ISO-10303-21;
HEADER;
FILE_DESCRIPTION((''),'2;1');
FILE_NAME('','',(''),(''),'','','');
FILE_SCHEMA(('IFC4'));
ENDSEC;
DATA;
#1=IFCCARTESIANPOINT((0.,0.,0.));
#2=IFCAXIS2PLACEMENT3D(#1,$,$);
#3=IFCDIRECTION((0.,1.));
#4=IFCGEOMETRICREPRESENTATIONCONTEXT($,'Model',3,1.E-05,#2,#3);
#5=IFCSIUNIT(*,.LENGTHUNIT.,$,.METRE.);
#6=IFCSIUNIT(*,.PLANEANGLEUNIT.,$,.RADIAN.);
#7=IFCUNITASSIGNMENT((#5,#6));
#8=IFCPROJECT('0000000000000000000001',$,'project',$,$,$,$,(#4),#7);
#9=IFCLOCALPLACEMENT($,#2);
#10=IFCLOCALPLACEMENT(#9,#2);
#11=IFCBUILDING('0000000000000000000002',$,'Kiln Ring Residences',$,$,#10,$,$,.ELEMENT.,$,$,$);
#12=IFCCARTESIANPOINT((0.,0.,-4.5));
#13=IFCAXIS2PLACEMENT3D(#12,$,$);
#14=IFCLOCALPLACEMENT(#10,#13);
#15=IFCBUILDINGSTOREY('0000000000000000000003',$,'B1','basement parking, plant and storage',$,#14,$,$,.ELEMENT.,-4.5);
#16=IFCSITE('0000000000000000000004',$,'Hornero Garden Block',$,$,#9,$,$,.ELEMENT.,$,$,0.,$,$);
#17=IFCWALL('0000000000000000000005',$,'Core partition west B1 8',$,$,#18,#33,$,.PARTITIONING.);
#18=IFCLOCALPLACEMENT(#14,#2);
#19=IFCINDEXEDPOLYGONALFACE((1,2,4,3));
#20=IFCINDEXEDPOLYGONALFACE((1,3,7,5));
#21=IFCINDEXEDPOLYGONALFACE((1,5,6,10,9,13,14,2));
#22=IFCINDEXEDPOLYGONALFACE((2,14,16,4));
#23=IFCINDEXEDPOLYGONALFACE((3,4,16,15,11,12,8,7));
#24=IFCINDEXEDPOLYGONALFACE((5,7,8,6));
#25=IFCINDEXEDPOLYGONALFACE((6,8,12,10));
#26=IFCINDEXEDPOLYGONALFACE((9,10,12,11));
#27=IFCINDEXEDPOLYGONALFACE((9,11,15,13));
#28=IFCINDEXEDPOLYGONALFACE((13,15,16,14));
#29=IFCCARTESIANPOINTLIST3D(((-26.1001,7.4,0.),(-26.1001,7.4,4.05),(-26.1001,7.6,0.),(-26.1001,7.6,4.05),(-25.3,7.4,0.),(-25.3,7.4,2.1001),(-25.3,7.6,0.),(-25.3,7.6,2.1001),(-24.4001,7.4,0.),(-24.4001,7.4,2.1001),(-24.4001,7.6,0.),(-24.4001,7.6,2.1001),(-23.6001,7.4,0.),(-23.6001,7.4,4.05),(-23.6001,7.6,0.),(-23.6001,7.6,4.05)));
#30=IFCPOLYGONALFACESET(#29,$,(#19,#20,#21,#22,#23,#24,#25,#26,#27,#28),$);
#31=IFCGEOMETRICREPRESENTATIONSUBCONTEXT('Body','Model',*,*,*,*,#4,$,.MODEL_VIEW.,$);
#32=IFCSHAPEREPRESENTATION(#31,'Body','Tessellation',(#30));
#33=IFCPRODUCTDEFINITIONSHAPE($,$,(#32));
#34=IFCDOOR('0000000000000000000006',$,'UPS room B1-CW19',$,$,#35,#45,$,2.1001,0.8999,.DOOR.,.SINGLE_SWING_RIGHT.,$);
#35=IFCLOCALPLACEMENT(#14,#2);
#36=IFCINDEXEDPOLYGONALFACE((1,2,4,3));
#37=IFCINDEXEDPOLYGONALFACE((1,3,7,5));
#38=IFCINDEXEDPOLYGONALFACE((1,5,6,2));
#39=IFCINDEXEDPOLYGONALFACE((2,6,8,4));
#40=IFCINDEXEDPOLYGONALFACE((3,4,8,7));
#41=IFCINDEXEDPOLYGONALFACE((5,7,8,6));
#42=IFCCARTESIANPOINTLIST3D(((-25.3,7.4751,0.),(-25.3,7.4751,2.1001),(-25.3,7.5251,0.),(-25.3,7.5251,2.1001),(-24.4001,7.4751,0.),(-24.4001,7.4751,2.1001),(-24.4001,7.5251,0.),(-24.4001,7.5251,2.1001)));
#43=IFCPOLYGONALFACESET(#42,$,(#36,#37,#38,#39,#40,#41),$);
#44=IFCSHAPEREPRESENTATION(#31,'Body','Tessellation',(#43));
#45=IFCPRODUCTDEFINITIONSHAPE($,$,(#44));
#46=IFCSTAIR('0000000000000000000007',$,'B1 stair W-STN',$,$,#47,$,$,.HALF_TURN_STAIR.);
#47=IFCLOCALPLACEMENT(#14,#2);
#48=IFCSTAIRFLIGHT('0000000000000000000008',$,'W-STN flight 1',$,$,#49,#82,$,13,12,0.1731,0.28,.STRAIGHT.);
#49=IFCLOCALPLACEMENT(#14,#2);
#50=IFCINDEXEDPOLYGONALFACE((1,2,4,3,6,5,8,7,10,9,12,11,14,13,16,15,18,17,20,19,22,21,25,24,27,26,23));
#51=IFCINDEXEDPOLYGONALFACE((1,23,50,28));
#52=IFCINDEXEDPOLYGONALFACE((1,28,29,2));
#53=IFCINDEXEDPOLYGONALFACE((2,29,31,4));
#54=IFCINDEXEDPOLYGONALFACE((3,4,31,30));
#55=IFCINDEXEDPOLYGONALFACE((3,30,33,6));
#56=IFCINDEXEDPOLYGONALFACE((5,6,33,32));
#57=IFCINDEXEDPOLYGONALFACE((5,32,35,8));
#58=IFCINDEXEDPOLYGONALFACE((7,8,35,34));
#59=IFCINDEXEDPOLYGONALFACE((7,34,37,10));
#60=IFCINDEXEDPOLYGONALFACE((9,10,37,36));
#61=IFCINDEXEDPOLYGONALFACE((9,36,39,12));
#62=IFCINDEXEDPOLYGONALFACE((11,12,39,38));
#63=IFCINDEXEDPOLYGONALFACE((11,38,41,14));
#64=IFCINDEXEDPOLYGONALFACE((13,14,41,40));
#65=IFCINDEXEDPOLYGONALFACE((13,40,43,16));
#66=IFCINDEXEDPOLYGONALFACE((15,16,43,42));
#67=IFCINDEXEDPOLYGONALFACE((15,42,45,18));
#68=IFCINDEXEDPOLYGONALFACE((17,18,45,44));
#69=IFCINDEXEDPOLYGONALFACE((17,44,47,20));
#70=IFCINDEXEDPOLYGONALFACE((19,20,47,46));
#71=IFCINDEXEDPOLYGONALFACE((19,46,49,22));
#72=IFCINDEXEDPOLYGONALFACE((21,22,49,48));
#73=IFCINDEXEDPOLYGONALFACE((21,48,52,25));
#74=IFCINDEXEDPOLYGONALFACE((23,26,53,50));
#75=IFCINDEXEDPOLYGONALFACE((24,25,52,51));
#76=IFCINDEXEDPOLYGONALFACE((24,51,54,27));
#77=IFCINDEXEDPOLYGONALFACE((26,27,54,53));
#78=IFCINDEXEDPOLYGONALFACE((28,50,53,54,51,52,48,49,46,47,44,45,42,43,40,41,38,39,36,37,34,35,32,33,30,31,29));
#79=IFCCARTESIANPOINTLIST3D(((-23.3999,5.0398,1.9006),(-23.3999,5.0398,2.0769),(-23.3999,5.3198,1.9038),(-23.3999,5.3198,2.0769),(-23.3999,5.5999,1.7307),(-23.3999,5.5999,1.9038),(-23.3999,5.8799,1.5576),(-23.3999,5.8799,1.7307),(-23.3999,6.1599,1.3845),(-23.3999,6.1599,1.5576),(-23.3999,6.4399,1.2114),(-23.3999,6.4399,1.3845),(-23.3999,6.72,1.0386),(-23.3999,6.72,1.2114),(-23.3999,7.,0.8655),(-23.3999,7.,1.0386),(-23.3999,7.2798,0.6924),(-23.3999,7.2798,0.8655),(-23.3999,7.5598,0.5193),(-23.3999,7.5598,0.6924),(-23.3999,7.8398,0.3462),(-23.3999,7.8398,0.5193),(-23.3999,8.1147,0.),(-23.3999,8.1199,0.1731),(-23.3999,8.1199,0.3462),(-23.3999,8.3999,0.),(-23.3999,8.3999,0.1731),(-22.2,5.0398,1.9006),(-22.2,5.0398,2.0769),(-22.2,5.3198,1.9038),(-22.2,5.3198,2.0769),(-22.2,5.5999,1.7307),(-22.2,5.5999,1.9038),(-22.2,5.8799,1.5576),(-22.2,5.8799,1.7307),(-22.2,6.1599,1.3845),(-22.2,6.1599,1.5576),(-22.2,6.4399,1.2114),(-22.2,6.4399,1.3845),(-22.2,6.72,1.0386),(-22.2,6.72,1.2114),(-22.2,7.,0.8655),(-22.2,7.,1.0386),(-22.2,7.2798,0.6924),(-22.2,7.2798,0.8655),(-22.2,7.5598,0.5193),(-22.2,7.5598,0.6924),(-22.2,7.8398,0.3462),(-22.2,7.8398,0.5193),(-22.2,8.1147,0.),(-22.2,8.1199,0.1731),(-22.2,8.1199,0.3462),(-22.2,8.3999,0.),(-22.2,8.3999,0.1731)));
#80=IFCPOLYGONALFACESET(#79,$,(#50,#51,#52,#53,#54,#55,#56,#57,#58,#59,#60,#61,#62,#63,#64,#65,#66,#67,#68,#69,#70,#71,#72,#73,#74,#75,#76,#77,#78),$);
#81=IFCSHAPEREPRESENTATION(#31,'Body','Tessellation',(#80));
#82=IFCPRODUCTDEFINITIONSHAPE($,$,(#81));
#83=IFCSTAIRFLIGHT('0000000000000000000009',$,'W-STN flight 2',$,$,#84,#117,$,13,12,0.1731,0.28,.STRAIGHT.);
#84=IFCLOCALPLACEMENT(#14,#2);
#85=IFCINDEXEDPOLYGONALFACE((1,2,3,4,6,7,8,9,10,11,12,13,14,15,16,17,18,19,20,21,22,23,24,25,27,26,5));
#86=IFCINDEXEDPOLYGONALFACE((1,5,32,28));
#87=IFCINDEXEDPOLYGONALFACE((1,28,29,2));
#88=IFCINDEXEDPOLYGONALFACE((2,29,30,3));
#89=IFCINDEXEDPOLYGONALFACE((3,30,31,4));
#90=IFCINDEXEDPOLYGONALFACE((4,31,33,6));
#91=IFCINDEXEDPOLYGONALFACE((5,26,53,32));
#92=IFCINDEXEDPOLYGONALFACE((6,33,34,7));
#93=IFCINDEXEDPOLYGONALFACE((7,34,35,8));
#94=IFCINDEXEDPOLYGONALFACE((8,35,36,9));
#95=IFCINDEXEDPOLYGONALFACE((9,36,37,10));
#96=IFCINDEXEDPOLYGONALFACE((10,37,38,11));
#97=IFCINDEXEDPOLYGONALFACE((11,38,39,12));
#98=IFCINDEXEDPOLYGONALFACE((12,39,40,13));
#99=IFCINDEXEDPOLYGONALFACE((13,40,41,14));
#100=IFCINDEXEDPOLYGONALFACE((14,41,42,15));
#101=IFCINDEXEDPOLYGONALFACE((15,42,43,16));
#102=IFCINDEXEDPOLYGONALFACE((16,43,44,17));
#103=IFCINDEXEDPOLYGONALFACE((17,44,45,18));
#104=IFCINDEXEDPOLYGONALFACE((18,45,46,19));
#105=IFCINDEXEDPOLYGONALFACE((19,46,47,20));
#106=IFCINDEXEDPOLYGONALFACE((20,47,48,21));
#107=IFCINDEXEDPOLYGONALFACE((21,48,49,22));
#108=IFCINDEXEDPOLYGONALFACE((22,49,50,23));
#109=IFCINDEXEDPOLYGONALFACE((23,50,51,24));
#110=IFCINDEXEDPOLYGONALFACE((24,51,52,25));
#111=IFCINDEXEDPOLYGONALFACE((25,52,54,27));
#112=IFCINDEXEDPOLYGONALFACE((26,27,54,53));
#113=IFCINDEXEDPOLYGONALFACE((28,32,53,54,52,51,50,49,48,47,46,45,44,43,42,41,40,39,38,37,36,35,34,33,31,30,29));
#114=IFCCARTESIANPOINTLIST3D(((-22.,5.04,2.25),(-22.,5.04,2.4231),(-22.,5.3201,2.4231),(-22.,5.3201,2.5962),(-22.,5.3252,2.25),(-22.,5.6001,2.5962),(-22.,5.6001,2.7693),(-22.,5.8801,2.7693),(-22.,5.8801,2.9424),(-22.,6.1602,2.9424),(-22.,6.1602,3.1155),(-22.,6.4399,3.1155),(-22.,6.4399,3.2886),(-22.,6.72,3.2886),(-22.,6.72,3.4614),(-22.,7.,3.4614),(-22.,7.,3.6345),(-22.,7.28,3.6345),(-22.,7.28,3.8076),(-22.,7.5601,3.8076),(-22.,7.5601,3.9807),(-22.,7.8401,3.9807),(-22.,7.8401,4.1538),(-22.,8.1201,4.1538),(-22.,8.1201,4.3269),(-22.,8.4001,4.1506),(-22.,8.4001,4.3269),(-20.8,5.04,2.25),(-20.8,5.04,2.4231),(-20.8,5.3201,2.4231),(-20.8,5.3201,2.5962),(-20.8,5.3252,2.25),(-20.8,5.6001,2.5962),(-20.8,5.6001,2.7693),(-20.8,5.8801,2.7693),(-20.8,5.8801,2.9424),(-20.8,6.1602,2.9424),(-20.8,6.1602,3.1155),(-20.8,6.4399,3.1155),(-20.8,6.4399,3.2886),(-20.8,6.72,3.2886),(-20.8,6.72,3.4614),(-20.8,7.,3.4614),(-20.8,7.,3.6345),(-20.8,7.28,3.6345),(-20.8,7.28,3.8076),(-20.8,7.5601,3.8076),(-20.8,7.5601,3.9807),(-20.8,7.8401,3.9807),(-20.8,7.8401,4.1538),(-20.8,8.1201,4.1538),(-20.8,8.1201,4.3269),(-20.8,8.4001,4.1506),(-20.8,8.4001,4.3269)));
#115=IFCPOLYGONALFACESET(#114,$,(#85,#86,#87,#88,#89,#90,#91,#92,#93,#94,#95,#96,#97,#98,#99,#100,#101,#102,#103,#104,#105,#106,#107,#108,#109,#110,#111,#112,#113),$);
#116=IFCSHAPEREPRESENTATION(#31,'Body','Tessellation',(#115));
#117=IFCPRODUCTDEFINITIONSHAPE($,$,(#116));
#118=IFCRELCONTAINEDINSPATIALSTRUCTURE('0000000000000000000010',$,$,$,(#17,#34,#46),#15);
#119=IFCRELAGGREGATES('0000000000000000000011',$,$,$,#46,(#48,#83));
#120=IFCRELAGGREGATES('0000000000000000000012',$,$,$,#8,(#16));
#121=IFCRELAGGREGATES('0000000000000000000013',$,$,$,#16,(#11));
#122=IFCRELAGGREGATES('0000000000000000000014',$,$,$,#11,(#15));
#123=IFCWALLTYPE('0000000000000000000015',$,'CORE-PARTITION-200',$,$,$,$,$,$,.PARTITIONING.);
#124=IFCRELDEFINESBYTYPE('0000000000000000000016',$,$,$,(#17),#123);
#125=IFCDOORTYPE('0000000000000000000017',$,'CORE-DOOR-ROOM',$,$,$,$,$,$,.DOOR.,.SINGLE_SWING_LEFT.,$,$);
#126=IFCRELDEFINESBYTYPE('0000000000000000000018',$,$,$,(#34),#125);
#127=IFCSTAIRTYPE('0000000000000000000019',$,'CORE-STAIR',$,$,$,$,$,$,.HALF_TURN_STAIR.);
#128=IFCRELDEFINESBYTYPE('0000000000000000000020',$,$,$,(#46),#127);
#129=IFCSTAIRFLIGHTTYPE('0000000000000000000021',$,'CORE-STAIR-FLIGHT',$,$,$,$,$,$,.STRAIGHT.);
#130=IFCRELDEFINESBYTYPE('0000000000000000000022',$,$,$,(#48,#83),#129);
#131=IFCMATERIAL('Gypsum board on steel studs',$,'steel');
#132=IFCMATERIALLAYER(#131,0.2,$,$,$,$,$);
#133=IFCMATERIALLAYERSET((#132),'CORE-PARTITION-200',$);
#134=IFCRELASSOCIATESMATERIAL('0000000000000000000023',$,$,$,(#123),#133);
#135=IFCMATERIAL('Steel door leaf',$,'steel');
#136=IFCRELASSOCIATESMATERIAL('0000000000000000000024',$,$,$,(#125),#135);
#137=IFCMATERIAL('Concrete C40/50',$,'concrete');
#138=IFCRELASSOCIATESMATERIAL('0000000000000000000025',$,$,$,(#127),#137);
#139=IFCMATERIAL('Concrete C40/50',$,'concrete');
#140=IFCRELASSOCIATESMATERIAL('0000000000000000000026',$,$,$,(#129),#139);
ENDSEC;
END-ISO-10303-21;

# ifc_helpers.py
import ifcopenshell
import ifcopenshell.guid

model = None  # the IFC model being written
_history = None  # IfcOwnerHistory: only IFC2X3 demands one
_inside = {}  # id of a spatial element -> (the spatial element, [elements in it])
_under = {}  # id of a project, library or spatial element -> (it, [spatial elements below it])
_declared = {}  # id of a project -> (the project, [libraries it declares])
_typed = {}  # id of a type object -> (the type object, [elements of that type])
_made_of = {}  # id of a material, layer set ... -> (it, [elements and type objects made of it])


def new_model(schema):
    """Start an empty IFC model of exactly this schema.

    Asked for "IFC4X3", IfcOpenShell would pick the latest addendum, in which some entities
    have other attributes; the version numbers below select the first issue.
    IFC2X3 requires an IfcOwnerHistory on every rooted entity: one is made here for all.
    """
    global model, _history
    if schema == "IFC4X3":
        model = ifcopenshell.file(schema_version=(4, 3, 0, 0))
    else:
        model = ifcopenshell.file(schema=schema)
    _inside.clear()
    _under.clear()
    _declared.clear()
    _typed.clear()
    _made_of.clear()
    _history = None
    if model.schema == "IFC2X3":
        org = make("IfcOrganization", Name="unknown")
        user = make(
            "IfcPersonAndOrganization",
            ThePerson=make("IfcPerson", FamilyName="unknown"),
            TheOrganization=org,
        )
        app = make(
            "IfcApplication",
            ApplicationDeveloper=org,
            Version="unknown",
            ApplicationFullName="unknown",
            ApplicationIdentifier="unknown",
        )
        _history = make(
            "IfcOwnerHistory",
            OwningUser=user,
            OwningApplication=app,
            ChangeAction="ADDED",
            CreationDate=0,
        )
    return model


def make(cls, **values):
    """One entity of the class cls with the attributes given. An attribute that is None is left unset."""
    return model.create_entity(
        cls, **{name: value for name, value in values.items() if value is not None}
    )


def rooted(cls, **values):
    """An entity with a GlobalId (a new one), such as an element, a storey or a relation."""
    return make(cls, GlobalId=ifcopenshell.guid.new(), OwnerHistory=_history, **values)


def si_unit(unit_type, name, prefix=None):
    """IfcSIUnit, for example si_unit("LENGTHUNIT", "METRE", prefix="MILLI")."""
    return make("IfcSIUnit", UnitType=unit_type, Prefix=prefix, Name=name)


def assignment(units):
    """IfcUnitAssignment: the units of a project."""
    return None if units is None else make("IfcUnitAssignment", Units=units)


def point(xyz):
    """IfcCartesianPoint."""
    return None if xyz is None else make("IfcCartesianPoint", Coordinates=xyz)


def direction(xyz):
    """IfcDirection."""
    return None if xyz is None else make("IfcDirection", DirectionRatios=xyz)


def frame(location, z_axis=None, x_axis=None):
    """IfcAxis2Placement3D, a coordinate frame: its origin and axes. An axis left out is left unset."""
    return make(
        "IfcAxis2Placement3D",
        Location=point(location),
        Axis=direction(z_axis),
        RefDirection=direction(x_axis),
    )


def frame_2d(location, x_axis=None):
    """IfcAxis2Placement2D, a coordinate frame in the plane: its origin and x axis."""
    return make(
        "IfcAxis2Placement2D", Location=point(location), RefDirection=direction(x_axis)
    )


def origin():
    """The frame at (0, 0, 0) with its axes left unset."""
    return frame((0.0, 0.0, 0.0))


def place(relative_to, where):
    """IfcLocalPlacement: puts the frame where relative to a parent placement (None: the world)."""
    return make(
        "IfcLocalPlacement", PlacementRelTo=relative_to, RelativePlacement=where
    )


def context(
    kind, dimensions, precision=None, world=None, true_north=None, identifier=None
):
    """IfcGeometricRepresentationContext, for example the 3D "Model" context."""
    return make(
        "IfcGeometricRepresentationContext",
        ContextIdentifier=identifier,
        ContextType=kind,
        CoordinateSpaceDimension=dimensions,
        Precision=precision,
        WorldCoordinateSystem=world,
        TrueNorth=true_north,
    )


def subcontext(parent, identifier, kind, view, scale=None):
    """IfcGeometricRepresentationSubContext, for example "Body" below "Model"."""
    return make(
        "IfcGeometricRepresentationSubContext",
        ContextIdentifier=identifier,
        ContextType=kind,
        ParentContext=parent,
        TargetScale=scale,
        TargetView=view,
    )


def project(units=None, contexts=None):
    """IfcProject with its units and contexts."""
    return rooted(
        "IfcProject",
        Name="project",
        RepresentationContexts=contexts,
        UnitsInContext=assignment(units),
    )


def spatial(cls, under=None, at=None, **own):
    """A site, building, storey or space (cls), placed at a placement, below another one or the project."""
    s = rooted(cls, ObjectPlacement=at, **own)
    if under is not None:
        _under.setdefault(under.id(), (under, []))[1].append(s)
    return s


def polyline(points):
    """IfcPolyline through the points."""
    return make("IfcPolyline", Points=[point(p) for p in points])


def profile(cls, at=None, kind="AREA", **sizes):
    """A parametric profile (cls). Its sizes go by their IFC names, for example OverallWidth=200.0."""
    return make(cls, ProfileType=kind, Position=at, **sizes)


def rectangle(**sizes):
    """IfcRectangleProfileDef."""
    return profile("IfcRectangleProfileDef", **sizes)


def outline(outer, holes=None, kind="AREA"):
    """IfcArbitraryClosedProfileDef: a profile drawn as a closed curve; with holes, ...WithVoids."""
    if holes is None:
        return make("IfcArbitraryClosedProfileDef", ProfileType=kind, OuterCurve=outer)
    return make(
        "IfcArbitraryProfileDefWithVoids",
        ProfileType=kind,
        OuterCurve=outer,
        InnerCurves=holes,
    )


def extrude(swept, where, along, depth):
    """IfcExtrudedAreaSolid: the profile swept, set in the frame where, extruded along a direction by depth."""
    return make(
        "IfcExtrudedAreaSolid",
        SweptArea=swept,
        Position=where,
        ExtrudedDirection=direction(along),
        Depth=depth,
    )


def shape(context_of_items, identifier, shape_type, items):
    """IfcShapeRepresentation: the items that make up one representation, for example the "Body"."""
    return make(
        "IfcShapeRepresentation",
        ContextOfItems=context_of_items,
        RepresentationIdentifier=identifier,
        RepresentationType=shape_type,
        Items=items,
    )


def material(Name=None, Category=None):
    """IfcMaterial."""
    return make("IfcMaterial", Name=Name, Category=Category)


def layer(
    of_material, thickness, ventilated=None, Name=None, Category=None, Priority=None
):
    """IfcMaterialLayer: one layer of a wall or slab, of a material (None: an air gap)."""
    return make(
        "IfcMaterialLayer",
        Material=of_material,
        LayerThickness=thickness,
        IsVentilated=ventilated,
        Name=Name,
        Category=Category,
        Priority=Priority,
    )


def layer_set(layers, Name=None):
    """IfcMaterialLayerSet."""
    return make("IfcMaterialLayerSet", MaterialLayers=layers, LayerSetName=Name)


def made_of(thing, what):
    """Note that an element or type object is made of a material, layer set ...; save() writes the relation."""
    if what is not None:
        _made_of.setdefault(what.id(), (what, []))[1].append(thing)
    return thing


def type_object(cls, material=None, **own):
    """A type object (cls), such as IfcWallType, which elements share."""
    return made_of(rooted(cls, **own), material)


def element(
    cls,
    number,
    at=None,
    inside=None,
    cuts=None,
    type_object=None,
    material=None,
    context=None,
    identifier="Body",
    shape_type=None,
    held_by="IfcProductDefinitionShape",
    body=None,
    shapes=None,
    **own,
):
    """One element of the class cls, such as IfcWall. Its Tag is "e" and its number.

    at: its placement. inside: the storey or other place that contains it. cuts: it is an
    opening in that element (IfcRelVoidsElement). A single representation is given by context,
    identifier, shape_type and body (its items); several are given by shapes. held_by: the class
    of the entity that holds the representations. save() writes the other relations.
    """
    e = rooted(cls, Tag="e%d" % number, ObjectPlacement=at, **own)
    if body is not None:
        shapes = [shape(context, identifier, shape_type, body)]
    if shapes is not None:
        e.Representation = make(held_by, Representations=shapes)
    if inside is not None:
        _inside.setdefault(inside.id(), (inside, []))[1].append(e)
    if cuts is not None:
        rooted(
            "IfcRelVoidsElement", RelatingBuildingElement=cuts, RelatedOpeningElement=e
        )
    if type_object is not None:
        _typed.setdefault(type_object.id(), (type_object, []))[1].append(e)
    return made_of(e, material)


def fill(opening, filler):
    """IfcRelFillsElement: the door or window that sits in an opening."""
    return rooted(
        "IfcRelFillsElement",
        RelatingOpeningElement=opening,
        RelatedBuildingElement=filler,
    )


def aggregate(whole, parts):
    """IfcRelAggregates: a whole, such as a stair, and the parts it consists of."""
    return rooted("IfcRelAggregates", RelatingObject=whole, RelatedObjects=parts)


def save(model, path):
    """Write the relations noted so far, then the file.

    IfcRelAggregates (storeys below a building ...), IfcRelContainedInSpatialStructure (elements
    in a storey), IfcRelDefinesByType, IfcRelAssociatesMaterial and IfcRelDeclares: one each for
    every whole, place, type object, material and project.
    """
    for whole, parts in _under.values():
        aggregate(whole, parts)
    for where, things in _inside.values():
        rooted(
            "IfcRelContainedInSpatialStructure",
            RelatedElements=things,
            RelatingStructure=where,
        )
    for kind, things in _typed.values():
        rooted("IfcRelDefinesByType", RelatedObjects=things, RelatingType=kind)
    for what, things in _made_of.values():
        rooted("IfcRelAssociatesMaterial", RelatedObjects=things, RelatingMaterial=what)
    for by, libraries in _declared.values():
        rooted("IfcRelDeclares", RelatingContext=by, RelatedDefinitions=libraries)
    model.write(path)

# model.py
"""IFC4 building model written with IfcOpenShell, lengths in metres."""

from ifc_helpers import new_model, si_unit, direction, frame, frame_2d, origin, place, context, subcontext, project, spatial, polyline, rectangle, outline, extrude, material, layer, layer_set, type_object, element, fill, aggregate, save


model = new_model("IFC4")

# Units and contexts
model_context = context("Model", 3, precision=1e-05, world=origin(), true_north=direction((0.0, 1.0)))
body_context = subcontext(model_context, "Body", "Model", "MODEL_VIEW")
ifc_project = project(units=[si_unit("LENGTHUNIT", "METRE"), si_unit("PLANEANGLEUNIT", "RADIAN")], contexts=[model_context])

# Site, building, storey
site_placement = place(None, origin())
site = spatial("IfcSite", under=ifc_project, at=site_placement, Name="Hornero Garden Block", CompositionType="ELEMENT", RefElevation=0.0)
building_placement = place(site_placement, origin())
building = spatial("IfcBuilding", under=site, at=building_placement, Name="Kiln Ring Residences", CompositionType="ELEMENT")
storey_placement = place(building_placement, frame((0.0, 0.0, -4.5)))
storey = spatial("IfcBuildingStorey", under=building, at=storey_placement, Name="B1", Description="basement parking, plant and storage", CompositionType="ELEMENT", Elevation=-4.5)

# Wall, opening, door
ifc_material_1 = material(Name="Gypsum board on steel studs", Category="steel")
ifc_layer = layer(ifc_material_1, 0.2)
ifc_layer_set = layer_set([ifc_layer], Name="CORE-PARTITION-200")
wall_type = type_object("IfcWallType", Name="CORE-PARTITION-200", PredefinedType="PARTITIONING", material=ifc_layer_set)
wall_placement = place(storey_placement, frame((-23.6001, 7.5, 0.0), z_axis=(0.0, 0.0, 1.0), x_axis=(-1.0, 0.0, 0.0)))
wall = element("IfcWall", 1, at=wall_placement, inside=storey, type_object=wall_type, Name="Core partition west B1 8", PredefinedType="PARTITIONING", context=body_context, shape_type="SweptSolid", body=[
    extrude(rectangle(XDim=2.5, YDim=0.2, at=frame_2d((1.25, 0.0))), origin(), (0.0, 0.0, 1.0), 4.05),
])
opening_placement = place(wall_placement, frame((0.8, 0.0, 0.0)))
opening = element("IfcOpeningElement", 2, at=opening_placement, cuts=wall, PredefinedType="OPENING", context=body_context, shape_type="SweptSolid", body=[
    extrude(rectangle(XDim=0.8999, YDim=2.1001, at=frame_2d((0.45, 1.05))), frame((0.0, 0.1099, 0.0), z_axis=(0.0, -1.0, 0.0), x_axis=(1.0, 0.0, 0.0)), (0.0, 0.0, 1.0), 0.22),
])
ifc_material_2 = material(Name="Steel door leaf", Category="steel")
door_type = type_object("IfcDoorType", Name="CORE-DOOR-ROOM", OperationType="SINGLE_SWING_LEFT", PredefinedType="DOOR", material=ifc_material_2)
door_placement = place(opening_placement, origin())
door = element("IfcDoor", 3, at=door_placement, inside=storey, type_object=door_type, Name="UPS room B1-CW19", OperationType="SINGLE_SWING_RIGHT", OverallHeight=2.1001, OverallWidth=0.8999, PredefinedType="DOOR", context=body_context, shape_type="SweptSolid", body=[
    extrude(rectangle(XDim=0.8999, YDim=2.1001, at=frame_2d((0.45, 1.05))), frame((0.0, 0.0249, 0.0), z_axis=(0.0, -1.0, 0.0), x_axis=(1.0, 0.0, 0.0)), (0.0, 0.0, 1.0), 0.05),
])
fill(opening, door)

# Stair, stair flights
ifc_material_3 = material(Name="Concrete C40/50", Category="concrete")
stair_type = type_object("IfcStairType", Name="CORE-STAIR", PredefinedType="HALF_TURN_STAIR", material=ifc_material_3)
stair_placement = place(storey_placement, origin())
stair = element("IfcStair", 4, at=stair_placement, inside=storey, type_object=stair_type, Name="B1 stair W-STN", PredefinedType="HALF_TURN_STAIR")
ifc_material_4 = material(Name="Concrete C40/50", Category="concrete")
stair_flight_type = type_object("IfcStairFlightType", Name="CORE-STAIR-FLIGHT", PredefinedType="STRAIGHT", material=ifc_material_4)
stair_flight_1_placement = place(storey_placement, frame((-22.8, 8.3999, 0.0), z_axis=(0.0, 0.0, 1.0), x_axis=(0.0, -1.0, 0.0)))
stair_flight_1 = element("IfcStairFlight", 5, at=stair_flight_1_placement, type_object=stair_flight_type, Name="W-STN flight 1", NumberOfRisers=13, NumberOfTreads=12, PredefinedType="STRAIGHT", RiserHeight=0.1731, TreadLength=0.28, context=body_context, shape_type="SweptSolid", body=[
    extrude(outline(polyline([(0.0, 0.0), (0.0, 0.1731), (0.28, 0.1731), (0.28, 0.3462), (0.5601, 0.3462), (0.5601, 0.5193), (0.8401, 0.5193), (0.8401, 0.6924), (1.1201, 0.6924), (1.1201, 0.8655), (1.3999, 0.8655), (1.3999, 1.0386), (1.6799, 1.0386), (1.6799, 1.2114), (1.96, 1.2114), (1.96, 1.3845), (2.24, 1.3845), (2.24, 1.5576), (2.52, 1.5576), (2.52, 1.7307), (2.8, 1.7307), (2.8, 1.9038), (3.0801, 1.9038), (3.0801, 2.0769), (3.3601, 2.0769), (3.3601, 2.25), (3.3601, 1.9006), (0.2852, 0.0), (0.0, 0.0)])), frame((0.0, 0.6001, 0.0), z_axis=(0.0, -1.0, 0.0), x_axis=(1.0, 0.0, 0.0)), (0.0, 0.0, 1.0), 1.2),
])
stair_flight_2_placement = place(storey_placement, frame((-21.3999, 5.04, 2.25), z_axis=(0.0, 0.0, 1.0), x_axis=(0.0, 1.0, 0.0)))
stair_flight_2 = element("IfcStairFlight", 6, at=stair_flight_2_placement, type_object=stair_flight_type, Name="W-STN flight 2", NumberOfRisers=13, NumberOfTreads=12, PredefinedType="STRAIGHT", RiserHeight=0.1731, TreadLength=0.28, context=body_context, shape_type="SweptSolid", body=[
    extrude(outline(polyline([(0.0, 0.0), (0.0, 0.1731), (0.28, 0.1731), (0.28, 0.3462), (0.5601, 0.3462), (0.5601, 0.5193), (0.8401, 0.5193), (0.8401, 0.6924), (1.1201, 0.6924), (1.1201, 0.8655), (1.3999, 0.8655), (1.3999, 1.0386), (1.6799, 1.0386), (1.6799, 1.2114), (1.96, 1.2114), (1.96, 1.3845), (2.24, 1.3845), (2.24, 1.5576), (2.52, 1.5576), (2.52, 1.7307), (2.8, 1.7307), (2.8, 1.9038), (3.0801, 1.9038), (3.0801, 2.0769), (3.3601, 2.0769), (3.3601, 2.25), (3.3601, 1.9006), (0.2852, 0.0), (0.0, 0.0)])), frame((0.0, 0.6001, 0.0), z_axis=(0.0, -1.0, 0.0), x_axis=(1.0, 0.0, 0.0)), (0.0, 0.0, 1.0), 1.2),
])
aggregate(stair, [stair_flight_1, stair_flight_2])

save(model, "model.ifc")
